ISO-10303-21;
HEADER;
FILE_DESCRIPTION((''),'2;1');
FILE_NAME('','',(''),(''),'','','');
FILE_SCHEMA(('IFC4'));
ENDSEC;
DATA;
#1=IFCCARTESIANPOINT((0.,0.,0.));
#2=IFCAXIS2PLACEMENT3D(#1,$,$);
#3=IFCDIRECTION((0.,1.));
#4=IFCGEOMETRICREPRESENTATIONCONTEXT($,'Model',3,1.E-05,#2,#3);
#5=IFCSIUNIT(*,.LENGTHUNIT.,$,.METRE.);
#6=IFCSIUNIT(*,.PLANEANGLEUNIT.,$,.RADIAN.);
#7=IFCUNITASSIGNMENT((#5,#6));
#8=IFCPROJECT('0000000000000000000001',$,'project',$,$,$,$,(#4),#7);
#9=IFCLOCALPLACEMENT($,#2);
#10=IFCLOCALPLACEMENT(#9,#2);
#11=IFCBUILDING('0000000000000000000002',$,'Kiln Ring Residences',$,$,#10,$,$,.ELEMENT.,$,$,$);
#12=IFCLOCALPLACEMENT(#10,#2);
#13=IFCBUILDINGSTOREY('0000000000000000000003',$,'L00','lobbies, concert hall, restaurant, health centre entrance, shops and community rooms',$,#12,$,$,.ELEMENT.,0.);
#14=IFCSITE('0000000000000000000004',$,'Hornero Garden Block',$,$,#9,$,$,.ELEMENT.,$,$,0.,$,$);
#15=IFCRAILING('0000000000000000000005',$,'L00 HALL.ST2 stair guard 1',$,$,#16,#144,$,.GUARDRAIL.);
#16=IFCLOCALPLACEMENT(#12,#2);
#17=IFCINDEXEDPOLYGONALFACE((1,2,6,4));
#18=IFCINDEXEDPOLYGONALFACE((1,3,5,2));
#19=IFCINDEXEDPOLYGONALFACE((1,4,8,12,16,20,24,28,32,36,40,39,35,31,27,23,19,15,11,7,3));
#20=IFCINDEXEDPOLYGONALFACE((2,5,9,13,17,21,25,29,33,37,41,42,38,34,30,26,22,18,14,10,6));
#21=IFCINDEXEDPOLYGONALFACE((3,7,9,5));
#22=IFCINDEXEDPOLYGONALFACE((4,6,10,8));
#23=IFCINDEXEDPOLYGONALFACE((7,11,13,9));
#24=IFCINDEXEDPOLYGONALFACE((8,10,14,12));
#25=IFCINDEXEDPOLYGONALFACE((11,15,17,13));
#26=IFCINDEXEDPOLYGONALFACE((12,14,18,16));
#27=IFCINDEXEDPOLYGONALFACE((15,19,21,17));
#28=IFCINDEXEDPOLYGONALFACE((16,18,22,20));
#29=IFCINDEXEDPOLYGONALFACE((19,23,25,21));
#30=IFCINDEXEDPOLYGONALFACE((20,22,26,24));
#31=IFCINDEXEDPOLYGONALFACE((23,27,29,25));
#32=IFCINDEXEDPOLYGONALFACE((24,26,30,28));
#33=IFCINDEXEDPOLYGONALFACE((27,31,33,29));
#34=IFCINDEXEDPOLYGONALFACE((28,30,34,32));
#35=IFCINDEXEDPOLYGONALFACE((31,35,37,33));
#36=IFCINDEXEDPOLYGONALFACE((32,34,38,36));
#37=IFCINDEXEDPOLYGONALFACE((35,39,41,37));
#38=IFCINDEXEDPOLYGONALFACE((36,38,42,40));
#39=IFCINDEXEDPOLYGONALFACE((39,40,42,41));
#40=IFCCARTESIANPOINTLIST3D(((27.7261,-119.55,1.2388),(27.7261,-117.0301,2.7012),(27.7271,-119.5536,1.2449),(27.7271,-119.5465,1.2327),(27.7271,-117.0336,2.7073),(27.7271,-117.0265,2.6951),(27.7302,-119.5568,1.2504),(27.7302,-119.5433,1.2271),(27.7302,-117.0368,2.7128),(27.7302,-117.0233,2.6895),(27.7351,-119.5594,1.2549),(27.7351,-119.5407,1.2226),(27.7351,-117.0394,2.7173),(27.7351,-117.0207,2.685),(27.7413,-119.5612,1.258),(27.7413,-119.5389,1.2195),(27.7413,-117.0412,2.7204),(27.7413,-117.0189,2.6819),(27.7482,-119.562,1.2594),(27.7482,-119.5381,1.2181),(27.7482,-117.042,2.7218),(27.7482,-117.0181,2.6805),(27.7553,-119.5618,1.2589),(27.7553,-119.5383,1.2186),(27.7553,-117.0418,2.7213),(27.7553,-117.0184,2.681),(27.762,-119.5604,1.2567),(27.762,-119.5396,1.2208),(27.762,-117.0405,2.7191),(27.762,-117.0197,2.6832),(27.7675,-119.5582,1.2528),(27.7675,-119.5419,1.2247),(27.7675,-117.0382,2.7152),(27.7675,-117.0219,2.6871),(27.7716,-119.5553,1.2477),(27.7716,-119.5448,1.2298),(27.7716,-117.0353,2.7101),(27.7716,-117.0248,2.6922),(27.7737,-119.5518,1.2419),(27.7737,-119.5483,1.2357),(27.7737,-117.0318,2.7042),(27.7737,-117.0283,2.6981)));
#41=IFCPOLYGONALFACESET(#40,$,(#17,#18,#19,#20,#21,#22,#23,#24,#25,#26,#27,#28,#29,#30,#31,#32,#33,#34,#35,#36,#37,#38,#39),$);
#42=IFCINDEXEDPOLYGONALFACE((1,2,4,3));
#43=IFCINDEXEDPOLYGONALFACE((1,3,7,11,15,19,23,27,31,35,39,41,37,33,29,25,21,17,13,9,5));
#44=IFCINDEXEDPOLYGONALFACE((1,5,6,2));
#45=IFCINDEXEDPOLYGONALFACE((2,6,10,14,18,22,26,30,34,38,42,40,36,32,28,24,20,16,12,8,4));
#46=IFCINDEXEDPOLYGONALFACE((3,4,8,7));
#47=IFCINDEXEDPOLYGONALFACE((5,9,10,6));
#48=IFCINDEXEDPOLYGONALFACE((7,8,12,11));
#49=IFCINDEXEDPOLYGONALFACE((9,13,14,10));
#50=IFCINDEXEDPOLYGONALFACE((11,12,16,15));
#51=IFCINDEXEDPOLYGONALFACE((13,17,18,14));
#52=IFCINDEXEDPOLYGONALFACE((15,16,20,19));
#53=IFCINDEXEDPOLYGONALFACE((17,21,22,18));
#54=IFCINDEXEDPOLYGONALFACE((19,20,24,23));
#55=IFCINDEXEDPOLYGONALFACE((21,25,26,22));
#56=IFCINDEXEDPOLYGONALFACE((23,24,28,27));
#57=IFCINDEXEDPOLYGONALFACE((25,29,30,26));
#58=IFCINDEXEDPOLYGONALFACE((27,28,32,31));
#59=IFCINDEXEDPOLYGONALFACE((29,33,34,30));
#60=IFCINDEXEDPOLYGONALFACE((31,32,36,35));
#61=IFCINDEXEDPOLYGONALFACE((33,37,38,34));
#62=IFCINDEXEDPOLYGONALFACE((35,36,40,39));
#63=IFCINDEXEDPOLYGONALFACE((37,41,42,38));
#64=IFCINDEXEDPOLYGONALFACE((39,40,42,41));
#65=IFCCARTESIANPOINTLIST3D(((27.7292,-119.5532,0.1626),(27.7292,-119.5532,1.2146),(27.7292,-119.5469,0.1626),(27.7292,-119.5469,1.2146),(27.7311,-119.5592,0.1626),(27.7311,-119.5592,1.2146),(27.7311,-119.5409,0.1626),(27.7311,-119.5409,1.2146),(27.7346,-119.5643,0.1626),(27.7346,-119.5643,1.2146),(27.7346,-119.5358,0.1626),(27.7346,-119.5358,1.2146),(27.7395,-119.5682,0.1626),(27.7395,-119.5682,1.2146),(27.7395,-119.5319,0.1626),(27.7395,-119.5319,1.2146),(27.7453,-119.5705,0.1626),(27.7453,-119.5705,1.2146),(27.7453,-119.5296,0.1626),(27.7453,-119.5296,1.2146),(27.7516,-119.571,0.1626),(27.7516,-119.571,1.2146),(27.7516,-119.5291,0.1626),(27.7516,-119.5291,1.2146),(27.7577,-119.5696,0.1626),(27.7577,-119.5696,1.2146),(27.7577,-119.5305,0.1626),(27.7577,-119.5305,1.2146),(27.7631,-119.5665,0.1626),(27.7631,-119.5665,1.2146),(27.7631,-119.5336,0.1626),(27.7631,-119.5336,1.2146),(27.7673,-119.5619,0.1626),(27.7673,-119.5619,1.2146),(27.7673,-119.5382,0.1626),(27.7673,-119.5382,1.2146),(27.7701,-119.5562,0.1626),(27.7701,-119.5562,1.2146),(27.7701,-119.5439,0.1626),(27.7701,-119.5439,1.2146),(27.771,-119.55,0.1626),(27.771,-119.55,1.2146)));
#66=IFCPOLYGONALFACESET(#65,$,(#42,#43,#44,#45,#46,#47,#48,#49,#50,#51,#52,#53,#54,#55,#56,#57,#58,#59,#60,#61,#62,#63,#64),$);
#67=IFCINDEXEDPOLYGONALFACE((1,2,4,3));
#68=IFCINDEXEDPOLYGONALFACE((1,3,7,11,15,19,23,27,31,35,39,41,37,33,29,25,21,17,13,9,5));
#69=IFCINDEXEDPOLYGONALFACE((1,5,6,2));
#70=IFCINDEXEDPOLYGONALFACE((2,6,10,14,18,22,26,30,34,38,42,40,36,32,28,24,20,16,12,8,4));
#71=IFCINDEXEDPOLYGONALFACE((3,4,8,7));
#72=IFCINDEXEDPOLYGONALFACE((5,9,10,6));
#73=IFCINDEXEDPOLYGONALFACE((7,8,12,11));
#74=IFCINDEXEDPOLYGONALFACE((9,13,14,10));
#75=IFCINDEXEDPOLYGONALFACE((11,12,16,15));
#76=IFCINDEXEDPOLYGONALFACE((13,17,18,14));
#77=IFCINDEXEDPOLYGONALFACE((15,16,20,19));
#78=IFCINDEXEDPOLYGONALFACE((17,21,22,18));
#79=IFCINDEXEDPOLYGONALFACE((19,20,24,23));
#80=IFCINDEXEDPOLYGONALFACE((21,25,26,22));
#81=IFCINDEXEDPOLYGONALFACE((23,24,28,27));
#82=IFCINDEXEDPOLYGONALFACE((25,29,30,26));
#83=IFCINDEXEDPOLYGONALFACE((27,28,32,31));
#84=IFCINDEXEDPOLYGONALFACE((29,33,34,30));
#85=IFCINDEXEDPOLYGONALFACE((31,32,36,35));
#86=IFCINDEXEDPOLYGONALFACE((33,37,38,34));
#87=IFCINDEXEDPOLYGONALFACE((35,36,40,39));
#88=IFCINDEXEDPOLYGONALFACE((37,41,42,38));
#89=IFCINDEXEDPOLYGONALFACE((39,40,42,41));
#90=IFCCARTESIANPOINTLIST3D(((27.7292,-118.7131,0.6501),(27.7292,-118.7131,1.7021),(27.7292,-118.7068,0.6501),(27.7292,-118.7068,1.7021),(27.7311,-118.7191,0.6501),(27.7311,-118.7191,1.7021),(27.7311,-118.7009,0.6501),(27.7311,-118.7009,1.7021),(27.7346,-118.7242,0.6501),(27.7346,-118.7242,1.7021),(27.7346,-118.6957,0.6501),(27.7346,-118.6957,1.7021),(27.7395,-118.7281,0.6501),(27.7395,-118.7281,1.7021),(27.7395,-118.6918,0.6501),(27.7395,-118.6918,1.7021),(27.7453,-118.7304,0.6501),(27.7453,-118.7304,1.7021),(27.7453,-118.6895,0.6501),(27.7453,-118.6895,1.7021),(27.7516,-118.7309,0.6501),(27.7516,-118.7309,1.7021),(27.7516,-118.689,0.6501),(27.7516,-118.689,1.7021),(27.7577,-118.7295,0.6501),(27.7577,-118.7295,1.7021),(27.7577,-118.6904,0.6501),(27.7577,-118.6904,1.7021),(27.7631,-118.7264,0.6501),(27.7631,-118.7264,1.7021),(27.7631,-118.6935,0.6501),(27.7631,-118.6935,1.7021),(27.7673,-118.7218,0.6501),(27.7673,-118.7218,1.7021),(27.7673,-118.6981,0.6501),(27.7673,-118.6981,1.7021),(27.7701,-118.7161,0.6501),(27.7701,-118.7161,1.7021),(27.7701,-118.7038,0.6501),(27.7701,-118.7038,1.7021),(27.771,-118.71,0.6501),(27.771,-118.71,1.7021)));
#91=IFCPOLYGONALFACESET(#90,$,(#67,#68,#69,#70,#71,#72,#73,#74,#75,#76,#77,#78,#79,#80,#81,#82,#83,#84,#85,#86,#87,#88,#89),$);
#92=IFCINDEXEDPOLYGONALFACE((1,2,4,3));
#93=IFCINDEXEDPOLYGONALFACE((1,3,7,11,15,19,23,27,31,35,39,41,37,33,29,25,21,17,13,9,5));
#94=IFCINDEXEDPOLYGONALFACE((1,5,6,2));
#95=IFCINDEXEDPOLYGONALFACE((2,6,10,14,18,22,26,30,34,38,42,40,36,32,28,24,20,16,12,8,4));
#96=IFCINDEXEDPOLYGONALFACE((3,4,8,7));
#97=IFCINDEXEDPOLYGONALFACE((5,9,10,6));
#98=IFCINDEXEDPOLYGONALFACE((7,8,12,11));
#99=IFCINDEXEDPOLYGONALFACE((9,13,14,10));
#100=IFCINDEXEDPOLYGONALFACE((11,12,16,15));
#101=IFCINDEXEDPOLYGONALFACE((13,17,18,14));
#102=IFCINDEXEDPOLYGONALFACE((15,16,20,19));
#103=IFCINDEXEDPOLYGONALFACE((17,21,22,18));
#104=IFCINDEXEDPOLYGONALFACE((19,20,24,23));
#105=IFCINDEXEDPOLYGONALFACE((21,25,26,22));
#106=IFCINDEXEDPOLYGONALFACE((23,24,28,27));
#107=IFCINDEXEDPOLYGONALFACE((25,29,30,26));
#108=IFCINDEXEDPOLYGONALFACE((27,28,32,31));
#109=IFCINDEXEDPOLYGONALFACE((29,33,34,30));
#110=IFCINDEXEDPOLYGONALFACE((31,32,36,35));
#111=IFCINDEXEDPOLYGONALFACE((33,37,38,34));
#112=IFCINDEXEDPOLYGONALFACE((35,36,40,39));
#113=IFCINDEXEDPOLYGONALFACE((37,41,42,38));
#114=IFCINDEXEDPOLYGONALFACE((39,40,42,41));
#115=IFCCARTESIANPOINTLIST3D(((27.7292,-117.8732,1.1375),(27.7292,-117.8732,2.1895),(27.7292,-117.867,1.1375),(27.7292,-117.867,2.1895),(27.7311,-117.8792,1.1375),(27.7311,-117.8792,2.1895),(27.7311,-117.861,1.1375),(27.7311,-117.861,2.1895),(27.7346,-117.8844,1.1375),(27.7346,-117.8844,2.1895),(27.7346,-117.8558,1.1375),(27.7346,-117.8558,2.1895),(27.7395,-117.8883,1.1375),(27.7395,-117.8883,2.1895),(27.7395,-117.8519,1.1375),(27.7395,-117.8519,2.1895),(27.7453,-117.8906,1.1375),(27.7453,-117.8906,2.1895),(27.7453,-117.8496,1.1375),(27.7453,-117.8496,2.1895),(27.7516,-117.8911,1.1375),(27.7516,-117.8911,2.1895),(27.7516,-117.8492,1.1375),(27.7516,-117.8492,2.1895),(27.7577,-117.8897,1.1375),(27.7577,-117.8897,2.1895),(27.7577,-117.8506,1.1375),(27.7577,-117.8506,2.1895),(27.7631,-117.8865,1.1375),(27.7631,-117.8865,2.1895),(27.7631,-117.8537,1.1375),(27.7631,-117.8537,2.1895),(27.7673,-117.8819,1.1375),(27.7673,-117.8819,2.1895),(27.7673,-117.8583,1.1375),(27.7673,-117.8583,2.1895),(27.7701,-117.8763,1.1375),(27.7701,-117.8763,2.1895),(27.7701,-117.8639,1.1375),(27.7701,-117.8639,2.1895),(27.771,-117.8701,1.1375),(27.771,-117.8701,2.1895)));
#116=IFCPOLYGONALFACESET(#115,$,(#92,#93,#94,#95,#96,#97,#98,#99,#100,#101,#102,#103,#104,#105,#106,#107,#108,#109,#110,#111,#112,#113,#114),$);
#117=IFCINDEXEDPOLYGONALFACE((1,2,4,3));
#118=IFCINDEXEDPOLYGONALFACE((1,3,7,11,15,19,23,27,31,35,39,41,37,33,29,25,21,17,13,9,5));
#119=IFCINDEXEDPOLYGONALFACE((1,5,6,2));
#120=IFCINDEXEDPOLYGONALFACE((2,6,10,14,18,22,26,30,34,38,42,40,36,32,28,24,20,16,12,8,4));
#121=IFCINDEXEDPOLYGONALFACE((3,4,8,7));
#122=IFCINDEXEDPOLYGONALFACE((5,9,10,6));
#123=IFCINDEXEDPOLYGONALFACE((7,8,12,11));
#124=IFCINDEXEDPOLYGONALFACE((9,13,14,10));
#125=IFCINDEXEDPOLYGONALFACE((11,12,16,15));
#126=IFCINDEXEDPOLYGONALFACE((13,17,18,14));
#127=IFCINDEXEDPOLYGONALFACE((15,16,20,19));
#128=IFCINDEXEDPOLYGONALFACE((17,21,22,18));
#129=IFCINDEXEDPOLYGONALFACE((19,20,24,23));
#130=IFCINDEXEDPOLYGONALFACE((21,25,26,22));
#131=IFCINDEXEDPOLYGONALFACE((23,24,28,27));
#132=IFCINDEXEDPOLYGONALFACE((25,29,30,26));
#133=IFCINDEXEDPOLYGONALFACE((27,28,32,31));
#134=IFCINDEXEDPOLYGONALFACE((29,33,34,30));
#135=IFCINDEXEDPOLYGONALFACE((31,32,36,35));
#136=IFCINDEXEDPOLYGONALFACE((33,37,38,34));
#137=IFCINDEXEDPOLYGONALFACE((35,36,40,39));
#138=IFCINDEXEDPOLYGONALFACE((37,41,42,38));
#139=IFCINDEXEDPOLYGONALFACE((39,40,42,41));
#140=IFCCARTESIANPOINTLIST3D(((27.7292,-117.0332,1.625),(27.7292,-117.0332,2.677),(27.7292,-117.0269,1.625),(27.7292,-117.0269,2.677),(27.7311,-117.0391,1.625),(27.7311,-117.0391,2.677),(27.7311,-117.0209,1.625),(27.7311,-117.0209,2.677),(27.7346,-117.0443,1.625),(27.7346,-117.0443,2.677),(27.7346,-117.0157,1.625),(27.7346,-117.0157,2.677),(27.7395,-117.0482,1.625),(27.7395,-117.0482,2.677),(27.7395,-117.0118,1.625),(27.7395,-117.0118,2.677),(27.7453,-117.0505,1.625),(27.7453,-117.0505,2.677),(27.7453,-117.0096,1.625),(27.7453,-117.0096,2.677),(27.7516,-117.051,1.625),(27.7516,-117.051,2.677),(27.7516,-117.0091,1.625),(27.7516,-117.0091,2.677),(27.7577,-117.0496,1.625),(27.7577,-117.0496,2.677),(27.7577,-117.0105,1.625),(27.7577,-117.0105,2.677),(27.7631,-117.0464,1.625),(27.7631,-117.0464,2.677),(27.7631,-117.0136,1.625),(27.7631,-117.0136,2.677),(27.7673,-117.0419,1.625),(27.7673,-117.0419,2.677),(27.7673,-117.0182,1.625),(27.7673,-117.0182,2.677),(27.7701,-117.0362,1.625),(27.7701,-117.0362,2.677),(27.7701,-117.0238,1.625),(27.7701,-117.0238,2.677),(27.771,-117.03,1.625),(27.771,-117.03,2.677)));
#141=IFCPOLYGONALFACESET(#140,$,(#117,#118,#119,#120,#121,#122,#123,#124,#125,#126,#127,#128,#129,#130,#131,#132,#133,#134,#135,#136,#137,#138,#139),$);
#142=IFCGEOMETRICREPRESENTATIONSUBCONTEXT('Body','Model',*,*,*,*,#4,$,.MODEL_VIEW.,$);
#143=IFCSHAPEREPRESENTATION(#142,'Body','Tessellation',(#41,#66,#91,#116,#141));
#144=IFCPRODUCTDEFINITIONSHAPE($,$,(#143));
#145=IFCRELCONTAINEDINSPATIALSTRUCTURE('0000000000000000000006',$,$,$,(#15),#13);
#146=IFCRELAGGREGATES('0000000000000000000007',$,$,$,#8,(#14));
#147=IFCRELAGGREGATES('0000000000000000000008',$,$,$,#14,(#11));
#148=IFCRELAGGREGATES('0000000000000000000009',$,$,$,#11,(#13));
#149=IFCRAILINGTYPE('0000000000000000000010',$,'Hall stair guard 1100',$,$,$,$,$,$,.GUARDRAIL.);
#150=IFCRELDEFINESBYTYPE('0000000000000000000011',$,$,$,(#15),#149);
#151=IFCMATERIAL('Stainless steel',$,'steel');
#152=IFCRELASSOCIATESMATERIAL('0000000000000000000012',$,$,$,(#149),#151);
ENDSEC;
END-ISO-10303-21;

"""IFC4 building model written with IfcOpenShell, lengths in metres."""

from ifc_helpers import new_model, si_unit, direction, frame, origin, origin_2d, place, context, subcontext, project, spatial, circle, extrude, material, type_object, element, save


model = new_model("IFC4")

# Units and contexts
model_context = context("Model", 3, precision=1e-05, world=origin(), true_north=direction((0.0, 1.0)))
body_context = subcontext(model_context, "Body", "Model", "MODEL_VIEW")
ifc_project = project(units=[si_unit("LENGTHUNIT", "METRE"), si_unit("PLANEANGLEUNIT", "RADIAN")], contexts=[model_context])

# Site, building, storey
site_placement = place(None, origin())
site = spatial("IfcSite", under=ifc_project, at=site_placement, Name="Hornero Garden Block", CompositionType="ELEMENT", RefElevation=0.0)
building_placement = place(site_placement, origin())
building = spatial("IfcBuilding", under=site, at=building_placement, Name="Kiln Ring Residences", CompositionType="ELEMENT")
storey_placement = place(building_placement, origin())
storey = spatial("IfcBuildingStorey", under=building, at=storey_placement, Name="L00", Description="lobbies, concert hall, restaurant, health centre entrance, shops and community rooms", CompositionType="ELEMENT", Elevation=0.0)

# Railing
ifc_material_1 = material(Name="Stainless steel", Category="steel")
railing_type_1 = type_object("IfcRailingType", Name="Hall stair guard 1100", PredefinedType="GUARDRAIL", material=ifc_material_1)
railing_1_placement = place(storey_placement, frame((27.75, -119.55, 0.1626)))
element("IfcRailing", 1, at=railing_1_placement, inside=storey, type_object=railing_type_1, Name="L00 HALL.ST2 stair guard 1", PredefinedType="GUARDRAIL", context=body_context, shape_type="SweptSolid", body=[
    extrude(circle(Radius=0.0239, at=origin_2d()), frame((0.0, 0.0, 1.0762), z_axis=(0.0, 0.864913, 0.501921), x_axis=(-1.0, 0.0, 0.0)), (0.0, 0.0, 1.0), 2.9136),
    extrude(circle(Radius=0.021, at=origin_2d()), origin(), (0.0, 0.0, 1.0), 1.052),
    extrude(circle(Radius=0.021, at=origin_2d()), frame((0.0, 0.8401, 0.4875)), (0.0, 0.0, 1.0), 1.052),
    extrude(circle(Radius=0.021, at=origin_2d()), frame((0.0, 1.6799, 0.9749)), (0.0, 0.0, 1.0), 1.052),
    extrude(circle(Radius=0.021, at=origin_2d()), frame((0.0, 2.52, 1.4624)), (0.0, 0.0, 1.0), 1.052),
])

save(model, "model.ifc")
